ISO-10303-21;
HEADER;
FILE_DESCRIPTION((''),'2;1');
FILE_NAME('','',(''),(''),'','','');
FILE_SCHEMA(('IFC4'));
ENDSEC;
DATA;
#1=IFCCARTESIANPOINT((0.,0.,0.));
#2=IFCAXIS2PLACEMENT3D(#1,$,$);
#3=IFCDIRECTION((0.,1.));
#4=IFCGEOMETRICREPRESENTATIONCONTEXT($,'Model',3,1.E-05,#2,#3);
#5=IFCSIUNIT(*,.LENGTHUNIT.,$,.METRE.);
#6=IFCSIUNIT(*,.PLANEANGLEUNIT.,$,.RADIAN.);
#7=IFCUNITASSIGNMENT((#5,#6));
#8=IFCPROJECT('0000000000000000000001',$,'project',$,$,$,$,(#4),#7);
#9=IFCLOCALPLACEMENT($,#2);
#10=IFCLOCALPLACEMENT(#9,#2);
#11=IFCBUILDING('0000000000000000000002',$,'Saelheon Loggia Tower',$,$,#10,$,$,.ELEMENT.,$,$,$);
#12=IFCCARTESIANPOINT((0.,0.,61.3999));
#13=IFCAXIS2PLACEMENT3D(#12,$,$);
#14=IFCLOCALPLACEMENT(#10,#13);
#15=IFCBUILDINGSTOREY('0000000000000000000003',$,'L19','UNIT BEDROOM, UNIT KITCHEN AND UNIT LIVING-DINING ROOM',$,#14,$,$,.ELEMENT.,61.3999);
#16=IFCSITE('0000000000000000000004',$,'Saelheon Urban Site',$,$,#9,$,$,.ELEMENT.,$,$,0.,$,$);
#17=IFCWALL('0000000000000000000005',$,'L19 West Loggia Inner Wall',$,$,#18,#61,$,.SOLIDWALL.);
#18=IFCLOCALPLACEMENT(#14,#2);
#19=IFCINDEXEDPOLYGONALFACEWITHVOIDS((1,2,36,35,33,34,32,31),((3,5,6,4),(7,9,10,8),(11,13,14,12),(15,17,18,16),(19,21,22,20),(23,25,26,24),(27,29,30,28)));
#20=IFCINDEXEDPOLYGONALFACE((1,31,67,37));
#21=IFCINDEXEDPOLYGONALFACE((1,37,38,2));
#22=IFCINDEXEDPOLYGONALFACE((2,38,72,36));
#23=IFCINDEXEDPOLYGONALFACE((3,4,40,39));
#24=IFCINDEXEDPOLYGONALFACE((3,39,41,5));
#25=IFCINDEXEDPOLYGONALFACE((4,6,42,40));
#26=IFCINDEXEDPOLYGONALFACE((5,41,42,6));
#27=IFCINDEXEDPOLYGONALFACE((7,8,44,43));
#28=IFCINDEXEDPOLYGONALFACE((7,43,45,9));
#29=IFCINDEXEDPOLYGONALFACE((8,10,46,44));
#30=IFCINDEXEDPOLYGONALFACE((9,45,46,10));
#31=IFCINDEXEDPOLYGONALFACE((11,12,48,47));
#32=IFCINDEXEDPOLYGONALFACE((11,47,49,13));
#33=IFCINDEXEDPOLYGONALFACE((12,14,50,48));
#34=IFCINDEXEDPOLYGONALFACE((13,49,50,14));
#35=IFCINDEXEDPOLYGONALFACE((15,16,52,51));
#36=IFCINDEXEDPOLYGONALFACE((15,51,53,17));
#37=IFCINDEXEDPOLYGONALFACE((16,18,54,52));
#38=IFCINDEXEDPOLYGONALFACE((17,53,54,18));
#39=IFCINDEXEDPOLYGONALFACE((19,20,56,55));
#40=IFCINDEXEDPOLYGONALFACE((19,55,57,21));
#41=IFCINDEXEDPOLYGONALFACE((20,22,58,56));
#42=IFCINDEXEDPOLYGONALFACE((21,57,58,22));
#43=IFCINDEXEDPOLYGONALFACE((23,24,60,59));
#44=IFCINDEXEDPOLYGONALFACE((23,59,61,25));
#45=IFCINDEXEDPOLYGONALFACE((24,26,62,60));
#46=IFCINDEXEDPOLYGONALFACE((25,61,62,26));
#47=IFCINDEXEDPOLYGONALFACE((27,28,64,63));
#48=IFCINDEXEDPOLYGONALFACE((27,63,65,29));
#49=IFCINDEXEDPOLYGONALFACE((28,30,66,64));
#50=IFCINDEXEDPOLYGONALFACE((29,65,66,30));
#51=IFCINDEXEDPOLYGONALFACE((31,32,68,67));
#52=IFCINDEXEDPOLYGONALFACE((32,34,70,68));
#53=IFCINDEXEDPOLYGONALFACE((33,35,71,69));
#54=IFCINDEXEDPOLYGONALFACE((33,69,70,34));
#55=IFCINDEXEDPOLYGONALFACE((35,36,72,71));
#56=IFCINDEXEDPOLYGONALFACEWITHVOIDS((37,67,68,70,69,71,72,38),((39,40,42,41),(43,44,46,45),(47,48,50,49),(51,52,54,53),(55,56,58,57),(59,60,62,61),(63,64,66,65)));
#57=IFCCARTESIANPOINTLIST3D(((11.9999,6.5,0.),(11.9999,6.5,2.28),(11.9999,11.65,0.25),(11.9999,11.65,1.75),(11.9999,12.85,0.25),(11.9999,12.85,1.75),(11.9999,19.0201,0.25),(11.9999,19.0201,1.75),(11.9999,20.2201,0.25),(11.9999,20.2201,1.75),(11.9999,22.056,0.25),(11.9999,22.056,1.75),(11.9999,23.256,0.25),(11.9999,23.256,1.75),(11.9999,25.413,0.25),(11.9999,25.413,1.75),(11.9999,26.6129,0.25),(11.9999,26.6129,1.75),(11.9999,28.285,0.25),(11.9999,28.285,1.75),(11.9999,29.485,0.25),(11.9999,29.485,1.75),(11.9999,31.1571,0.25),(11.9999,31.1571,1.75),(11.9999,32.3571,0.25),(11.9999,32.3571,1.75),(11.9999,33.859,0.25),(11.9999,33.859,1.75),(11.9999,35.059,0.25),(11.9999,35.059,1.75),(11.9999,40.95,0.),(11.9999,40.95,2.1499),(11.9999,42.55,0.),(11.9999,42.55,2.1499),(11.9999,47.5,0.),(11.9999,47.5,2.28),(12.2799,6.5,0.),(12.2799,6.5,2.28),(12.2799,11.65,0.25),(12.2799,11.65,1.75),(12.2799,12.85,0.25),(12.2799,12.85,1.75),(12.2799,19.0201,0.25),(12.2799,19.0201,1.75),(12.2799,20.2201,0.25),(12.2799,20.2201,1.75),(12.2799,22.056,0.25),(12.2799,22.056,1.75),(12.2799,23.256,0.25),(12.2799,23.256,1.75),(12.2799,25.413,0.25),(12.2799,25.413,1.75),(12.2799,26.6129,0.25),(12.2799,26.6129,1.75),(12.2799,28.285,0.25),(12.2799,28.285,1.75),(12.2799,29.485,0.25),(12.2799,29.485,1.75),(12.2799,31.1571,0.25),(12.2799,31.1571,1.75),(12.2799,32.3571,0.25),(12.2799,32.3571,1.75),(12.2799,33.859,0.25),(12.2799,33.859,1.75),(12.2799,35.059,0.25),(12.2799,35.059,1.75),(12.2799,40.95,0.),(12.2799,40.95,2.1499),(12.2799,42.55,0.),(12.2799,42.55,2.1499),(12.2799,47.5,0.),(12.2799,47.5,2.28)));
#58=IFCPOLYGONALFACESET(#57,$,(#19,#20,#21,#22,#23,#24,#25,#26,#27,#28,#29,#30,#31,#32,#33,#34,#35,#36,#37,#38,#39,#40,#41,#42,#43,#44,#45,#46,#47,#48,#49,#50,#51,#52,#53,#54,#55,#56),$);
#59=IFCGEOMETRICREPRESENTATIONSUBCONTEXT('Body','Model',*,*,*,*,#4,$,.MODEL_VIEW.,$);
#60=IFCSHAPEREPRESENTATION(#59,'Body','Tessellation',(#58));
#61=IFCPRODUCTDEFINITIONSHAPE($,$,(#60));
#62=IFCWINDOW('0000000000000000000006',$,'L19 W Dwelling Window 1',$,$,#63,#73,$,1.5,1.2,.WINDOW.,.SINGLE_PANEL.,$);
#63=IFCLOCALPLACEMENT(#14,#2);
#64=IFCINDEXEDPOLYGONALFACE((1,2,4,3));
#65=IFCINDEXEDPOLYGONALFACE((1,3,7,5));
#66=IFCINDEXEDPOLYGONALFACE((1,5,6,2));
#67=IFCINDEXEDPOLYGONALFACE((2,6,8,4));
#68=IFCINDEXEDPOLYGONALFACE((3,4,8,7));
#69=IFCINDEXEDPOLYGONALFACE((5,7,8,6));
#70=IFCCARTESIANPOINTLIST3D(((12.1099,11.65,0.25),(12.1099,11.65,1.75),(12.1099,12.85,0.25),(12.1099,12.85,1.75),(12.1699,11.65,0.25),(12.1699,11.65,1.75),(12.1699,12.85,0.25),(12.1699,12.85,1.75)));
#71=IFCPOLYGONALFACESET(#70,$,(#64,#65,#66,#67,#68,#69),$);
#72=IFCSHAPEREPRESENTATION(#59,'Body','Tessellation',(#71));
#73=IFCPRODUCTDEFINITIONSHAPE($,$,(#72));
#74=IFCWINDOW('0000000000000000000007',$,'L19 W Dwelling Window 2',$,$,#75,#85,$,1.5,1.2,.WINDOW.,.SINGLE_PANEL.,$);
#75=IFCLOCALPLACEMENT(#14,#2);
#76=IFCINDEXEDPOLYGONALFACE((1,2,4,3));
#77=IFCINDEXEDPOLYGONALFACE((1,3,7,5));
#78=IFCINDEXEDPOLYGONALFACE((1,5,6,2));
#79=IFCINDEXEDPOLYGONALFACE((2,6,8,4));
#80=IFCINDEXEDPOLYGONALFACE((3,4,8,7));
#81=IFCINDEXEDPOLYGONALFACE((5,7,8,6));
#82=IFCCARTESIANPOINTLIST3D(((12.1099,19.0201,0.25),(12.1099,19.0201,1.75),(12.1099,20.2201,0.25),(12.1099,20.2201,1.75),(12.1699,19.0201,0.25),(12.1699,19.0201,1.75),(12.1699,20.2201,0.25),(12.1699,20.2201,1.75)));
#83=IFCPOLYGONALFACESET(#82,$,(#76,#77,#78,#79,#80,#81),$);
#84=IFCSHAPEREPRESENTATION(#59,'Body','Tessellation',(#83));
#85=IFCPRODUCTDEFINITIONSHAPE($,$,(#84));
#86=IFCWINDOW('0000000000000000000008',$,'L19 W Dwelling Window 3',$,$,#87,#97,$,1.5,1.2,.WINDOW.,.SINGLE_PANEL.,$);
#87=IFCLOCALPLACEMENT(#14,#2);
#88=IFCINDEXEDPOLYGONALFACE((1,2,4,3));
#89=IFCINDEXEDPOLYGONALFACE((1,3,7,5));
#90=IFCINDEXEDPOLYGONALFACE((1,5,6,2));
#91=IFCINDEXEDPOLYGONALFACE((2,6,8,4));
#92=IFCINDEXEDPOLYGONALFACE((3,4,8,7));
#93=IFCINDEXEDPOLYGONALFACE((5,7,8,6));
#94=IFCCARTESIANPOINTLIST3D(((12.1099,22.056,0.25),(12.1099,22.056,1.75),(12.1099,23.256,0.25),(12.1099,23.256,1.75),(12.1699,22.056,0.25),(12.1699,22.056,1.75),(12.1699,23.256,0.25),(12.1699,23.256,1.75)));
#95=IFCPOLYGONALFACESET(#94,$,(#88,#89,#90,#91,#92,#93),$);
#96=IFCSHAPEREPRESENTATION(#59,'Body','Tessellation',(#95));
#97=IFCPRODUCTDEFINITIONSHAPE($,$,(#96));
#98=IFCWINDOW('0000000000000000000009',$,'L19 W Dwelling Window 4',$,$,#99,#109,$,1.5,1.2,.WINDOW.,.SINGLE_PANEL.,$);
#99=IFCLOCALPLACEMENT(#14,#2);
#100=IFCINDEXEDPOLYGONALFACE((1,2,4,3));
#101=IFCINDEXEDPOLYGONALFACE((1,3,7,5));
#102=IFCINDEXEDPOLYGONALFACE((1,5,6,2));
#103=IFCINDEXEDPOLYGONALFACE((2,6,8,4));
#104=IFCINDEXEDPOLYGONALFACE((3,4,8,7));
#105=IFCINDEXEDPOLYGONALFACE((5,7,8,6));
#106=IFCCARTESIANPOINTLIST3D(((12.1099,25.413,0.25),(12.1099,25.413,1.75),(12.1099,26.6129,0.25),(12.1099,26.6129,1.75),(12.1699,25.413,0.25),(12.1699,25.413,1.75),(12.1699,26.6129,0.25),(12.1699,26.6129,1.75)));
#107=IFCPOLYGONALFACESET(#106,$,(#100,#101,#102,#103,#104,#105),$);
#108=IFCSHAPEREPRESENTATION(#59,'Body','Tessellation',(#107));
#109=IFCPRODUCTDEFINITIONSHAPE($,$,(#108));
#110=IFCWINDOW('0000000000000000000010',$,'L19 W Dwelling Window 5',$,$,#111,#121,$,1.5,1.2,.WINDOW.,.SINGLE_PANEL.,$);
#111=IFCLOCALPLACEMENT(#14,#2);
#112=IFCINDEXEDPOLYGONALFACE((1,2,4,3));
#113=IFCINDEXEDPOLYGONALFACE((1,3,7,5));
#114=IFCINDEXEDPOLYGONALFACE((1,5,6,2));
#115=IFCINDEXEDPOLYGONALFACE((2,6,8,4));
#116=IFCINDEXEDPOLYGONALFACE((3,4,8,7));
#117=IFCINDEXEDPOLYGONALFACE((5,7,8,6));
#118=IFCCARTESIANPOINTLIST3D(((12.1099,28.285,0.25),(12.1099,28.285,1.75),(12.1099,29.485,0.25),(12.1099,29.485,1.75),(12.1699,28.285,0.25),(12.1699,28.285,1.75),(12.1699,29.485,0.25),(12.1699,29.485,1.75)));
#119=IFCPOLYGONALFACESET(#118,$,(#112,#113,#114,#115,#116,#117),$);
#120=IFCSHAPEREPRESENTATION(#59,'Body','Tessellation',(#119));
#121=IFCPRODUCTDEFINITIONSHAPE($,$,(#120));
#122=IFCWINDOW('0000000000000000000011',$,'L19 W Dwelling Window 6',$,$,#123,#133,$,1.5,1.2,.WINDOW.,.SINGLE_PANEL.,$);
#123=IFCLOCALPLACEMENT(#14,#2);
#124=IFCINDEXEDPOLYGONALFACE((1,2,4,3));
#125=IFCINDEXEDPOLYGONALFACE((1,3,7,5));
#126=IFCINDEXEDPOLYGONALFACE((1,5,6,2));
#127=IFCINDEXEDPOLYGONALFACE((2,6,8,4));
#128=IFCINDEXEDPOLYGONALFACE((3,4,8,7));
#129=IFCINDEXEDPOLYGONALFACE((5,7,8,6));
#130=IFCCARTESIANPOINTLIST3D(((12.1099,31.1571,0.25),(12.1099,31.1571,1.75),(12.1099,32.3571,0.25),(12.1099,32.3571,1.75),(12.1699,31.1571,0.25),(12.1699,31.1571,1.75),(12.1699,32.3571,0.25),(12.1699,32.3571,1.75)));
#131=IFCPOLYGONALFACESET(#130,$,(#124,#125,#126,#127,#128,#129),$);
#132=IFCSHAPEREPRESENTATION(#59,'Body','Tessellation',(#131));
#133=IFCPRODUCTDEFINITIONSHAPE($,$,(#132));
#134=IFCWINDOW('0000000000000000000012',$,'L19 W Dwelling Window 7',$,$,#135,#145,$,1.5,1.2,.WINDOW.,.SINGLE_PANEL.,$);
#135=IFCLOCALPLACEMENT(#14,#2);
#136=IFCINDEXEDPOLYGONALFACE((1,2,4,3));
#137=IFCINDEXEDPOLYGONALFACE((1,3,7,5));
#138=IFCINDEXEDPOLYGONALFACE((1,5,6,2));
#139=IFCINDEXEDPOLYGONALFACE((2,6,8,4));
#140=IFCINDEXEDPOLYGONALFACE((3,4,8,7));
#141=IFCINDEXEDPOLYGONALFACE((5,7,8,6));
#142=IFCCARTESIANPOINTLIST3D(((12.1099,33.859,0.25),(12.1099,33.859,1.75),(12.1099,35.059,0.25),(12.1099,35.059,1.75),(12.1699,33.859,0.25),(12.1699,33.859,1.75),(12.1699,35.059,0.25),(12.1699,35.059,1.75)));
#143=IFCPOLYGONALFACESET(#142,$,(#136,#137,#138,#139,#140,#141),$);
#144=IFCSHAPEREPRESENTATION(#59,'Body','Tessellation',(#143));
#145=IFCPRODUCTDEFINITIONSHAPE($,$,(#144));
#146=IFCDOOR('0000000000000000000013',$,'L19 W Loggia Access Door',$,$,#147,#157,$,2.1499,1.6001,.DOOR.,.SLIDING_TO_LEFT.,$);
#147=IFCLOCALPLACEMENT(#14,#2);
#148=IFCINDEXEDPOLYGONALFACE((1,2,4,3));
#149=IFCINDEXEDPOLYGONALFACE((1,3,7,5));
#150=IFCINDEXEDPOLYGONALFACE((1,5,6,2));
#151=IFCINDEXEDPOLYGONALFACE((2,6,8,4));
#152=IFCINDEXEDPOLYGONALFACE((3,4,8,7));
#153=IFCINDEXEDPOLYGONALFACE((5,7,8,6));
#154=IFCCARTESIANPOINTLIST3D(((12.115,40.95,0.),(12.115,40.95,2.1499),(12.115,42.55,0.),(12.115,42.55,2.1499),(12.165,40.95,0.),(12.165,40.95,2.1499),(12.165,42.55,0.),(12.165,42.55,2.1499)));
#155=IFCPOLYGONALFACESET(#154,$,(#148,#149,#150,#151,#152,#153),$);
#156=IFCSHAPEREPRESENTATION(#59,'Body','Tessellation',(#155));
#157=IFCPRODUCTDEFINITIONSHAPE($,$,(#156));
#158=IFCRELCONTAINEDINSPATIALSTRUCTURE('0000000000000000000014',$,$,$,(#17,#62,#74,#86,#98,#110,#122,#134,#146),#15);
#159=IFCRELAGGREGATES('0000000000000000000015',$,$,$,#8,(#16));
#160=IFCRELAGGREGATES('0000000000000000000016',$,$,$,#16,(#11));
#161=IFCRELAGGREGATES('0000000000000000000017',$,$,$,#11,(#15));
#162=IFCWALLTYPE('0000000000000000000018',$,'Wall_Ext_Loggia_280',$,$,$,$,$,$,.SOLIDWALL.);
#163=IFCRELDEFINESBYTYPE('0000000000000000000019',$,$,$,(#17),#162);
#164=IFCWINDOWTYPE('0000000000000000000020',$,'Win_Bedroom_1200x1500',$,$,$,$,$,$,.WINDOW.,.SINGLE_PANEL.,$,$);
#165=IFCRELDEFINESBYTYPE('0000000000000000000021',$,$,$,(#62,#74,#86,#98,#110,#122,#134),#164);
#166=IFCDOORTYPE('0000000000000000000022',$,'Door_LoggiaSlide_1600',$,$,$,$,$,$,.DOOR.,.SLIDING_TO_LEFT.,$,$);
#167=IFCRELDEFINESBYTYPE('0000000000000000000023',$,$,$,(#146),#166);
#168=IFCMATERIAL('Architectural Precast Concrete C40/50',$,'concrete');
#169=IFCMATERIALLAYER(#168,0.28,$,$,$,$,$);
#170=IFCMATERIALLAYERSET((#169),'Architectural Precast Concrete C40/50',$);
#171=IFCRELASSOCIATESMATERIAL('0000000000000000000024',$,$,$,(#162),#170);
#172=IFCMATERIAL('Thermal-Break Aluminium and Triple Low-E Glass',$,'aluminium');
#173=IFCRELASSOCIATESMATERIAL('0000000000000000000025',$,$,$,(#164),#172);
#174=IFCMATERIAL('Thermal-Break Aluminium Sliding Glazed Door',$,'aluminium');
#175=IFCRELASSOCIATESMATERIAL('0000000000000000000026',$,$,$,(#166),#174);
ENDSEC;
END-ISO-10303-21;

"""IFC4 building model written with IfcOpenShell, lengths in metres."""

from ifc_helpers import new_model, si_unit, direction, frame, frame_2d, origin, place, context, subcontext, project, spatial, rectangle, extrude, source, transform, mapped, material, layer, layer_set, type_object, element, fill, save


model = new_model("IFC4")

# Units and contexts
model_context = context("Model", 3, precision=1e-05, world=origin(), true_north=direction((0.0, 1.0)))
body_context = subcontext(model_context, "Body", "Model", "MODEL_VIEW")
ifc_project = project(units=[si_unit("LENGTHUNIT", "METRE"), si_unit("PLANEANGLEUNIT", "RADIAN")], contexts=[model_context])

# Site, building, storey
site_placement = place(None, origin())
site = spatial("IfcSite", under=ifc_project, at=site_placement, Name="Saelheon Urban Site", CompositionType="ELEMENT", RefElevation=0.0)
building_placement = place(site_placement, origin())
building = spatial("IfcBuilding", under=site, at=building_placement, Name="Saelheon Loggia Tower", CompositionType="ELEMENT")
storey_placement = place(building_placement, frame((0.0, 0.0, 61.3999)))
storey = spatial("IfcBuildingStorey", under=building, at=storey_placement, Name="L19", Description="UNIT BEDROOM, UNIT KITCHEN AND UNIT LIVING-DINING ROOM", CompositionType="ELEMENT", Elevation=61.3999)

# Shared definitions
ifc_material_1 = material(Name="Thermal-Break Aluminium and Triple Low-E Glass", Category="aluminium")

# Wall, openings, windows, door
ifc_material_2 = material(Name="Architectural Precast Concrete C40/50", Category="concrete")
ifc_layer_1 = layer(ifc_material_2, 0.28)
ifc_layer_set_1 = layer_set([ifc_layer_1], Name="Architectural Precast Concrete C40/50")
wall_type = type_object("IfcWallType", Name="Wall_Ext_Loggia_280", PredefinedType="SOLIDWALL", material=ifc_layer_set_1)
wall_placement = place(storey_placement, frame((12.1399, 6.5, 0.0), z_axis=(0.0, 0.0, 1.0), x_axis=(0.0, 1.0, 0.0)))
wall = element("IfcWall", 1, at=wall_placement, inside=storey, type_object=wall_type, Name="L19 West Loggia Inner Wall", PredefinedType="SOLIDWALL", context=body_context, shape_type="SweptSolid", body=[
    extrude(rectangle(XDim=41.0, YDim=0.28, at=frame_2d((20.5, 0.0))), origin(), (0.0, 0.0, 1.0), 2.28),
])
opening_1_placement = place(wall_placement, frame((5.1499, 0.0, 0.25)))
opening_1 = element("IfcOpeningElement", 2, at=opening_1_placement, cuts=wall, PredefinedType="OPENING", context=body_context, shape_type="SweptSolid", body=[
    extrude(rectangle(XDim=1.2, YDim=1.5, at=frame_2d((0.6001, 0.75))), frame((0.0, 0.1521, 0.0), z_axis=(0.0, -1.0, 0.0), x_axis=(1.0, 0.0, 0.0)), (0.0, 0.0, 1.0), 0.304),
])
opening_2_placement = place(wall_placement, frame((12.52, 0.0, 0.25)))
opening_2 = element("IfcOpeningElement", 3, at=opening_2_placement, cuts=wall, PredefinedType="OPENING", context=body_context, shape_type="SweptSolid", body=[
    extrude(rectangle(XDim=1.2, YDim=1.5, at=frame_2d((0.6001, 0.75))), frame((0.0, 0.1521, 0.0), z_axis=(0.0, -1.0, 0.0), x_axis=(1.0, 0.0, 0.0)), (0.0, 0.0, 1.0), 0.304),
])
opening_3_placement = place(wall_placement, frame((15.5559, 0.0, 0.25)))
opening_3 = element("IfcOpeningElement", 4, at=opening_3_placement, cuts=wall, PredefinedType="OPENING", context=body_context, shape_type="SweptSolid", body=[
    extrude(rectangle(XDim=1.2, YDim=1.5, at=frame_2d((0.6001, 0.75))), frame((0.0, 0.1521, 0.0), z_axis=(0.0, -1.0, 0.0), x_axis=(1.0, 0.0, 0.0)), (0.0, 0.0, 1.0), 0.304),
])
opening_4_placement = place(wall_placement, frame((18.9128, 0.0, 0.25)))
opening_4 = element("IfcOpeningElement", 5, at=opening_4_placement, cuts=wall, PredefinedType="OPENING", context=body_context, shape_type="SweptSolid", body=[
    extrude(rectangle(XDim=1.2, YDim=1.5, at=frame_2d((0.6001, 0.75))), frame((0.0, 0.1521, 0.0), z_axis=(0.0, -1.0, 0.0), x_axis=(1.0, 0.0, 0.0)), (0.0, 0.0, 1.0), 0.304),
])
opening_5_placement = place(wall_placement, frame((21.7849, 0.0, 0.25)))
opening_5 = element("IfcOpeningElement", 6, at=opening_5_placement, cuts=wall, PredefinedType="OPENING", context=body_context, shape_type="SweptSolid", body=[
    extrude(rectangle(XDim=1.2, YDim=1.5, at=frame_2d((0.6001, 0.75))), frame((0.0, 0.1521, 0.0), z_axis=(0.0, -1.0, 0.0), x_axis=(1.0, 0.0, 0.0)), (0.0, 0.0, 1.0), 0.304),
])
opening_6_placement = place(wall_placement, frame((24.657, 0.0, 0.25)))
opening_6 = element("IfcOpeningElement", 7, at=opening_6_placement, cuts=wall, PredefinedType="OPENING", context=body_context, shape_type="SweptSolid", body=[
    extrude(rectangle(XDim=1.2, YDim=1.5, at=frame_2d((0.6001, 0.75))), frame((0.0, 0.1521, 0.0), z_axis=(0.0, -1.0, 0.0), x_axis=(1.0, 0.0, 0.0)), (0.0, 0.0, 1.0), 0.304),
])
opening_7_placement = place(wall_placement, frame((27.3589, 0.0, 0.25)))
opening_7 = element("IfcOpeningElement", 8, at=opening_7_placement, cuts=wall, PredefinedType="OPENING", context=body_context, shape_type="SweptSolid", body=[
    extrude(rectangle(XDim=1.2, YDim=1.5, at=frame_2d((0.6001, 0.75))), frame((0.0, 0.1521, 0.0), z_axis=(0.0, -1.0, 0.0), x_axis=(1.0, 0.0, 0.0)), (0.0, 0.0, 1.0), 0.304),
])
opening_8_placement = place(wall_placement, frame((34.45, 0.0, 0.0)))
opening_8 = element("IfcOpeningElement", 9, at=opening_8_placement, cuts=wall, PredefinedType="OPENING", context=body_context, shape_type="SweptSolid", body=[
    extrude(rectangle(XDim=1.6001, YDim=2.1499, at=frame_2d((0.8, 1.075))), frame((0.0, 0.1521, 0.0), z_axis=(0.0, -1.0, 0.0), x_axis=(1.0, 0.0, 0.0)), (0.0, 0.0, 1.0), 0.304),
])
window_type = type_object("IfcWindowType", Name="Win_Bedroom_1200x1500", PartitioningType="SINGLE_PANEL", PredefinedType="WINDOW", material=ifc_material_1)
shared_shape_1 = source(origin(), body_context, "Body", "SweptSolid", [
    extrude(rectangle(XDim=1.2, YDim=1.5, at=frame_2d((0.6001, 0.75))), frame((0.0, 0.03, 0.0), z_axis=(0.0, -1.0, 0.0), x_axis=(1.0, 0.0, 0.0)), (0.0, 0.0, 1.0), 0.0601),
])
window_1_placement = place(opening_1_placement, origin())
window_1 = element("IfcWindow", 10, at=window_1_placement, inside=storey, type_object=window_type, Name="L19 W Dwelling Window 1", OverallHeight=1.5, OverallWidth=1.2, PartitioningType="SINGLE_PANEL", PredefinedType="WINDOW", context=body_context, shape_type="MappedRepresentation", body=[
    mapped(shared_shape_1, transform((0.0, 0.0, 0.0), scale=1.0)),
])
fill(opening_1, window_1)
window_2_placement = place(opening_2_placement, origin())
window_2 = element("IfcWindow", 11, at=window_2_placement, inside=storey, type_object=window_type, Name="L19 W Dwelling Window 2", OverallHeight=1.5, OverallWidth=1.2, PartitioningType="SINGLE_PANEL", PredefinedType="WINDOW", context=body_context, shape_type="MappedRepresentation", body=[
    mapped(shared_shape_1, transform((0.0, 0.0, 0.0), scale=1.0)),
])
fill(opening_2, window_2)
window_3_placement = place(opening_3_placement, origin())
window_3 = element("IfcWindow", 12, at=window_3_placement, inside=storey, type_object=window_type, Name="L19 W Dwelling Window 3", OverallHeight=1.5, OverallWidth=1.2, PartitioningType="SINGLE_PANEL", PredefinedType="WINDOW", context=body_context, shape_type="MappedRepresentation", body=[
    mapped(shared_shape_1, transform((0.0, 0.0, 0.0), scale=1.0)),
])
fill(opening_3, window_3)
window_4_placement = place(opening_4_placement, origin())
window_4 = element("IfcWindow", 13, at=window_4_placement, inside=storey, type_object=window_type, Name="L19 W Dwelling Window 4", OverallHeight=1.5, OverallWidth=1.2, PartitioningType="SINGLE_PANEL", PredefinedType="WINDOW", context=body_context, shape_type="MappedRepresentation", body=[
    mapped(shared_shape_1, transform((0.0, 0.0, 0.0), scale=1.0)),
])
fill(opening_4, window_4)
window_5_placement = place(opening_5_placement, origin())
window_5 = element("IfcWindow", 14, at=window_5_placement, inside=storey, type_object=window_type, Name="L19 W Dwelling Window 5", OverallHeight=1.5, OverallWidth=1.2, PartitioningType="SINGLE_PANEL", PredefinedType="WINDOW", context=body_context, shape_type="MappedRepresentation", body=[
    mapped(shared_shape_1, transform((0.0, 0.0, 0.0), scale=1.0)),
])
fill(opening_5, window_5)
window_6_placement = place(opening_6_placement, origin())
window_6 = element("IfcWindow", 15, at=window_6_placement, inside=storey, type_object=window_type, Name="L19 W Dwelling Window 6", OverallHeight=1.5, OverallWidth=1.2, PartitioningType="SINGLE_PANEL", PredefinedType="WINDOW", context=body_context, shape_type="MappedRepresentation", body=[
    mapped(shared_shape_1, transform((0.0, 0.0, 0.0), scale=1.0)),
])
fill(opening_6, window_6)
window_7_placement = place(opening_7_placement, origin())
window_7 = element("IfcWindow", 16, at=window_7_placement, inside=storey, type_object=window_type, Name="L19 W Dwelling Window 7", OverallHeight=1.5, OverallWidth=1.2, PartitioningType="SINGLE_PANEL", PredefinedType="WINDOW", context=body_context, shape_type="MappedRepresentation", body=[
    mapped(shared_shape_1, transform((0.0, 0.0, 0.0), scale=1.0)),
])
fill(opening_7, window_7)
ifc_material_3 = material(Name="Thermal-Break Aluminium Sliding Glazed Door", Category="aluminium")
door_type = type_object("IfcDoorType", Name="Door_LoggiaSlide_1600", OperationType="SLIDING_TO_LEFT", PredefinedType="DOOR", material=ifc_material_3)
shared_shape_2 = source(origin(), body_context, "Body", "SweptSolid", [
    extrude(rectangle(XDim=1.6001, YDim=2.1499, at=frame_2d((0.8, 1.075))), frame((0.0, 0.0249, 0.0), z_axis=(0.0, -1.0, 0.0), x_axis=(1.0, 0.0, 0.0)), (0.0, 0.0, 1.0), 0.05),
])
door_placement = place(opening_8_placement, origin())
door = element("IfcDoor", 17, at=door_placement, inside=storey, type_object=door_type, Name="L19 W Loggia Access Door", OperationType="SLIDING_TO_LEFT", OverallHeight=2.1499, OverallWidth=1.6001, PredefinedType="DOOR", context=body_context, shape_type="MappedRepresentation", body=[
    mapped(shared_shape_2, transform((0.0, 0.0, 0.0), scale=1.0)),
])
fill(opening_8, door)

save(model, "model.ifc")
